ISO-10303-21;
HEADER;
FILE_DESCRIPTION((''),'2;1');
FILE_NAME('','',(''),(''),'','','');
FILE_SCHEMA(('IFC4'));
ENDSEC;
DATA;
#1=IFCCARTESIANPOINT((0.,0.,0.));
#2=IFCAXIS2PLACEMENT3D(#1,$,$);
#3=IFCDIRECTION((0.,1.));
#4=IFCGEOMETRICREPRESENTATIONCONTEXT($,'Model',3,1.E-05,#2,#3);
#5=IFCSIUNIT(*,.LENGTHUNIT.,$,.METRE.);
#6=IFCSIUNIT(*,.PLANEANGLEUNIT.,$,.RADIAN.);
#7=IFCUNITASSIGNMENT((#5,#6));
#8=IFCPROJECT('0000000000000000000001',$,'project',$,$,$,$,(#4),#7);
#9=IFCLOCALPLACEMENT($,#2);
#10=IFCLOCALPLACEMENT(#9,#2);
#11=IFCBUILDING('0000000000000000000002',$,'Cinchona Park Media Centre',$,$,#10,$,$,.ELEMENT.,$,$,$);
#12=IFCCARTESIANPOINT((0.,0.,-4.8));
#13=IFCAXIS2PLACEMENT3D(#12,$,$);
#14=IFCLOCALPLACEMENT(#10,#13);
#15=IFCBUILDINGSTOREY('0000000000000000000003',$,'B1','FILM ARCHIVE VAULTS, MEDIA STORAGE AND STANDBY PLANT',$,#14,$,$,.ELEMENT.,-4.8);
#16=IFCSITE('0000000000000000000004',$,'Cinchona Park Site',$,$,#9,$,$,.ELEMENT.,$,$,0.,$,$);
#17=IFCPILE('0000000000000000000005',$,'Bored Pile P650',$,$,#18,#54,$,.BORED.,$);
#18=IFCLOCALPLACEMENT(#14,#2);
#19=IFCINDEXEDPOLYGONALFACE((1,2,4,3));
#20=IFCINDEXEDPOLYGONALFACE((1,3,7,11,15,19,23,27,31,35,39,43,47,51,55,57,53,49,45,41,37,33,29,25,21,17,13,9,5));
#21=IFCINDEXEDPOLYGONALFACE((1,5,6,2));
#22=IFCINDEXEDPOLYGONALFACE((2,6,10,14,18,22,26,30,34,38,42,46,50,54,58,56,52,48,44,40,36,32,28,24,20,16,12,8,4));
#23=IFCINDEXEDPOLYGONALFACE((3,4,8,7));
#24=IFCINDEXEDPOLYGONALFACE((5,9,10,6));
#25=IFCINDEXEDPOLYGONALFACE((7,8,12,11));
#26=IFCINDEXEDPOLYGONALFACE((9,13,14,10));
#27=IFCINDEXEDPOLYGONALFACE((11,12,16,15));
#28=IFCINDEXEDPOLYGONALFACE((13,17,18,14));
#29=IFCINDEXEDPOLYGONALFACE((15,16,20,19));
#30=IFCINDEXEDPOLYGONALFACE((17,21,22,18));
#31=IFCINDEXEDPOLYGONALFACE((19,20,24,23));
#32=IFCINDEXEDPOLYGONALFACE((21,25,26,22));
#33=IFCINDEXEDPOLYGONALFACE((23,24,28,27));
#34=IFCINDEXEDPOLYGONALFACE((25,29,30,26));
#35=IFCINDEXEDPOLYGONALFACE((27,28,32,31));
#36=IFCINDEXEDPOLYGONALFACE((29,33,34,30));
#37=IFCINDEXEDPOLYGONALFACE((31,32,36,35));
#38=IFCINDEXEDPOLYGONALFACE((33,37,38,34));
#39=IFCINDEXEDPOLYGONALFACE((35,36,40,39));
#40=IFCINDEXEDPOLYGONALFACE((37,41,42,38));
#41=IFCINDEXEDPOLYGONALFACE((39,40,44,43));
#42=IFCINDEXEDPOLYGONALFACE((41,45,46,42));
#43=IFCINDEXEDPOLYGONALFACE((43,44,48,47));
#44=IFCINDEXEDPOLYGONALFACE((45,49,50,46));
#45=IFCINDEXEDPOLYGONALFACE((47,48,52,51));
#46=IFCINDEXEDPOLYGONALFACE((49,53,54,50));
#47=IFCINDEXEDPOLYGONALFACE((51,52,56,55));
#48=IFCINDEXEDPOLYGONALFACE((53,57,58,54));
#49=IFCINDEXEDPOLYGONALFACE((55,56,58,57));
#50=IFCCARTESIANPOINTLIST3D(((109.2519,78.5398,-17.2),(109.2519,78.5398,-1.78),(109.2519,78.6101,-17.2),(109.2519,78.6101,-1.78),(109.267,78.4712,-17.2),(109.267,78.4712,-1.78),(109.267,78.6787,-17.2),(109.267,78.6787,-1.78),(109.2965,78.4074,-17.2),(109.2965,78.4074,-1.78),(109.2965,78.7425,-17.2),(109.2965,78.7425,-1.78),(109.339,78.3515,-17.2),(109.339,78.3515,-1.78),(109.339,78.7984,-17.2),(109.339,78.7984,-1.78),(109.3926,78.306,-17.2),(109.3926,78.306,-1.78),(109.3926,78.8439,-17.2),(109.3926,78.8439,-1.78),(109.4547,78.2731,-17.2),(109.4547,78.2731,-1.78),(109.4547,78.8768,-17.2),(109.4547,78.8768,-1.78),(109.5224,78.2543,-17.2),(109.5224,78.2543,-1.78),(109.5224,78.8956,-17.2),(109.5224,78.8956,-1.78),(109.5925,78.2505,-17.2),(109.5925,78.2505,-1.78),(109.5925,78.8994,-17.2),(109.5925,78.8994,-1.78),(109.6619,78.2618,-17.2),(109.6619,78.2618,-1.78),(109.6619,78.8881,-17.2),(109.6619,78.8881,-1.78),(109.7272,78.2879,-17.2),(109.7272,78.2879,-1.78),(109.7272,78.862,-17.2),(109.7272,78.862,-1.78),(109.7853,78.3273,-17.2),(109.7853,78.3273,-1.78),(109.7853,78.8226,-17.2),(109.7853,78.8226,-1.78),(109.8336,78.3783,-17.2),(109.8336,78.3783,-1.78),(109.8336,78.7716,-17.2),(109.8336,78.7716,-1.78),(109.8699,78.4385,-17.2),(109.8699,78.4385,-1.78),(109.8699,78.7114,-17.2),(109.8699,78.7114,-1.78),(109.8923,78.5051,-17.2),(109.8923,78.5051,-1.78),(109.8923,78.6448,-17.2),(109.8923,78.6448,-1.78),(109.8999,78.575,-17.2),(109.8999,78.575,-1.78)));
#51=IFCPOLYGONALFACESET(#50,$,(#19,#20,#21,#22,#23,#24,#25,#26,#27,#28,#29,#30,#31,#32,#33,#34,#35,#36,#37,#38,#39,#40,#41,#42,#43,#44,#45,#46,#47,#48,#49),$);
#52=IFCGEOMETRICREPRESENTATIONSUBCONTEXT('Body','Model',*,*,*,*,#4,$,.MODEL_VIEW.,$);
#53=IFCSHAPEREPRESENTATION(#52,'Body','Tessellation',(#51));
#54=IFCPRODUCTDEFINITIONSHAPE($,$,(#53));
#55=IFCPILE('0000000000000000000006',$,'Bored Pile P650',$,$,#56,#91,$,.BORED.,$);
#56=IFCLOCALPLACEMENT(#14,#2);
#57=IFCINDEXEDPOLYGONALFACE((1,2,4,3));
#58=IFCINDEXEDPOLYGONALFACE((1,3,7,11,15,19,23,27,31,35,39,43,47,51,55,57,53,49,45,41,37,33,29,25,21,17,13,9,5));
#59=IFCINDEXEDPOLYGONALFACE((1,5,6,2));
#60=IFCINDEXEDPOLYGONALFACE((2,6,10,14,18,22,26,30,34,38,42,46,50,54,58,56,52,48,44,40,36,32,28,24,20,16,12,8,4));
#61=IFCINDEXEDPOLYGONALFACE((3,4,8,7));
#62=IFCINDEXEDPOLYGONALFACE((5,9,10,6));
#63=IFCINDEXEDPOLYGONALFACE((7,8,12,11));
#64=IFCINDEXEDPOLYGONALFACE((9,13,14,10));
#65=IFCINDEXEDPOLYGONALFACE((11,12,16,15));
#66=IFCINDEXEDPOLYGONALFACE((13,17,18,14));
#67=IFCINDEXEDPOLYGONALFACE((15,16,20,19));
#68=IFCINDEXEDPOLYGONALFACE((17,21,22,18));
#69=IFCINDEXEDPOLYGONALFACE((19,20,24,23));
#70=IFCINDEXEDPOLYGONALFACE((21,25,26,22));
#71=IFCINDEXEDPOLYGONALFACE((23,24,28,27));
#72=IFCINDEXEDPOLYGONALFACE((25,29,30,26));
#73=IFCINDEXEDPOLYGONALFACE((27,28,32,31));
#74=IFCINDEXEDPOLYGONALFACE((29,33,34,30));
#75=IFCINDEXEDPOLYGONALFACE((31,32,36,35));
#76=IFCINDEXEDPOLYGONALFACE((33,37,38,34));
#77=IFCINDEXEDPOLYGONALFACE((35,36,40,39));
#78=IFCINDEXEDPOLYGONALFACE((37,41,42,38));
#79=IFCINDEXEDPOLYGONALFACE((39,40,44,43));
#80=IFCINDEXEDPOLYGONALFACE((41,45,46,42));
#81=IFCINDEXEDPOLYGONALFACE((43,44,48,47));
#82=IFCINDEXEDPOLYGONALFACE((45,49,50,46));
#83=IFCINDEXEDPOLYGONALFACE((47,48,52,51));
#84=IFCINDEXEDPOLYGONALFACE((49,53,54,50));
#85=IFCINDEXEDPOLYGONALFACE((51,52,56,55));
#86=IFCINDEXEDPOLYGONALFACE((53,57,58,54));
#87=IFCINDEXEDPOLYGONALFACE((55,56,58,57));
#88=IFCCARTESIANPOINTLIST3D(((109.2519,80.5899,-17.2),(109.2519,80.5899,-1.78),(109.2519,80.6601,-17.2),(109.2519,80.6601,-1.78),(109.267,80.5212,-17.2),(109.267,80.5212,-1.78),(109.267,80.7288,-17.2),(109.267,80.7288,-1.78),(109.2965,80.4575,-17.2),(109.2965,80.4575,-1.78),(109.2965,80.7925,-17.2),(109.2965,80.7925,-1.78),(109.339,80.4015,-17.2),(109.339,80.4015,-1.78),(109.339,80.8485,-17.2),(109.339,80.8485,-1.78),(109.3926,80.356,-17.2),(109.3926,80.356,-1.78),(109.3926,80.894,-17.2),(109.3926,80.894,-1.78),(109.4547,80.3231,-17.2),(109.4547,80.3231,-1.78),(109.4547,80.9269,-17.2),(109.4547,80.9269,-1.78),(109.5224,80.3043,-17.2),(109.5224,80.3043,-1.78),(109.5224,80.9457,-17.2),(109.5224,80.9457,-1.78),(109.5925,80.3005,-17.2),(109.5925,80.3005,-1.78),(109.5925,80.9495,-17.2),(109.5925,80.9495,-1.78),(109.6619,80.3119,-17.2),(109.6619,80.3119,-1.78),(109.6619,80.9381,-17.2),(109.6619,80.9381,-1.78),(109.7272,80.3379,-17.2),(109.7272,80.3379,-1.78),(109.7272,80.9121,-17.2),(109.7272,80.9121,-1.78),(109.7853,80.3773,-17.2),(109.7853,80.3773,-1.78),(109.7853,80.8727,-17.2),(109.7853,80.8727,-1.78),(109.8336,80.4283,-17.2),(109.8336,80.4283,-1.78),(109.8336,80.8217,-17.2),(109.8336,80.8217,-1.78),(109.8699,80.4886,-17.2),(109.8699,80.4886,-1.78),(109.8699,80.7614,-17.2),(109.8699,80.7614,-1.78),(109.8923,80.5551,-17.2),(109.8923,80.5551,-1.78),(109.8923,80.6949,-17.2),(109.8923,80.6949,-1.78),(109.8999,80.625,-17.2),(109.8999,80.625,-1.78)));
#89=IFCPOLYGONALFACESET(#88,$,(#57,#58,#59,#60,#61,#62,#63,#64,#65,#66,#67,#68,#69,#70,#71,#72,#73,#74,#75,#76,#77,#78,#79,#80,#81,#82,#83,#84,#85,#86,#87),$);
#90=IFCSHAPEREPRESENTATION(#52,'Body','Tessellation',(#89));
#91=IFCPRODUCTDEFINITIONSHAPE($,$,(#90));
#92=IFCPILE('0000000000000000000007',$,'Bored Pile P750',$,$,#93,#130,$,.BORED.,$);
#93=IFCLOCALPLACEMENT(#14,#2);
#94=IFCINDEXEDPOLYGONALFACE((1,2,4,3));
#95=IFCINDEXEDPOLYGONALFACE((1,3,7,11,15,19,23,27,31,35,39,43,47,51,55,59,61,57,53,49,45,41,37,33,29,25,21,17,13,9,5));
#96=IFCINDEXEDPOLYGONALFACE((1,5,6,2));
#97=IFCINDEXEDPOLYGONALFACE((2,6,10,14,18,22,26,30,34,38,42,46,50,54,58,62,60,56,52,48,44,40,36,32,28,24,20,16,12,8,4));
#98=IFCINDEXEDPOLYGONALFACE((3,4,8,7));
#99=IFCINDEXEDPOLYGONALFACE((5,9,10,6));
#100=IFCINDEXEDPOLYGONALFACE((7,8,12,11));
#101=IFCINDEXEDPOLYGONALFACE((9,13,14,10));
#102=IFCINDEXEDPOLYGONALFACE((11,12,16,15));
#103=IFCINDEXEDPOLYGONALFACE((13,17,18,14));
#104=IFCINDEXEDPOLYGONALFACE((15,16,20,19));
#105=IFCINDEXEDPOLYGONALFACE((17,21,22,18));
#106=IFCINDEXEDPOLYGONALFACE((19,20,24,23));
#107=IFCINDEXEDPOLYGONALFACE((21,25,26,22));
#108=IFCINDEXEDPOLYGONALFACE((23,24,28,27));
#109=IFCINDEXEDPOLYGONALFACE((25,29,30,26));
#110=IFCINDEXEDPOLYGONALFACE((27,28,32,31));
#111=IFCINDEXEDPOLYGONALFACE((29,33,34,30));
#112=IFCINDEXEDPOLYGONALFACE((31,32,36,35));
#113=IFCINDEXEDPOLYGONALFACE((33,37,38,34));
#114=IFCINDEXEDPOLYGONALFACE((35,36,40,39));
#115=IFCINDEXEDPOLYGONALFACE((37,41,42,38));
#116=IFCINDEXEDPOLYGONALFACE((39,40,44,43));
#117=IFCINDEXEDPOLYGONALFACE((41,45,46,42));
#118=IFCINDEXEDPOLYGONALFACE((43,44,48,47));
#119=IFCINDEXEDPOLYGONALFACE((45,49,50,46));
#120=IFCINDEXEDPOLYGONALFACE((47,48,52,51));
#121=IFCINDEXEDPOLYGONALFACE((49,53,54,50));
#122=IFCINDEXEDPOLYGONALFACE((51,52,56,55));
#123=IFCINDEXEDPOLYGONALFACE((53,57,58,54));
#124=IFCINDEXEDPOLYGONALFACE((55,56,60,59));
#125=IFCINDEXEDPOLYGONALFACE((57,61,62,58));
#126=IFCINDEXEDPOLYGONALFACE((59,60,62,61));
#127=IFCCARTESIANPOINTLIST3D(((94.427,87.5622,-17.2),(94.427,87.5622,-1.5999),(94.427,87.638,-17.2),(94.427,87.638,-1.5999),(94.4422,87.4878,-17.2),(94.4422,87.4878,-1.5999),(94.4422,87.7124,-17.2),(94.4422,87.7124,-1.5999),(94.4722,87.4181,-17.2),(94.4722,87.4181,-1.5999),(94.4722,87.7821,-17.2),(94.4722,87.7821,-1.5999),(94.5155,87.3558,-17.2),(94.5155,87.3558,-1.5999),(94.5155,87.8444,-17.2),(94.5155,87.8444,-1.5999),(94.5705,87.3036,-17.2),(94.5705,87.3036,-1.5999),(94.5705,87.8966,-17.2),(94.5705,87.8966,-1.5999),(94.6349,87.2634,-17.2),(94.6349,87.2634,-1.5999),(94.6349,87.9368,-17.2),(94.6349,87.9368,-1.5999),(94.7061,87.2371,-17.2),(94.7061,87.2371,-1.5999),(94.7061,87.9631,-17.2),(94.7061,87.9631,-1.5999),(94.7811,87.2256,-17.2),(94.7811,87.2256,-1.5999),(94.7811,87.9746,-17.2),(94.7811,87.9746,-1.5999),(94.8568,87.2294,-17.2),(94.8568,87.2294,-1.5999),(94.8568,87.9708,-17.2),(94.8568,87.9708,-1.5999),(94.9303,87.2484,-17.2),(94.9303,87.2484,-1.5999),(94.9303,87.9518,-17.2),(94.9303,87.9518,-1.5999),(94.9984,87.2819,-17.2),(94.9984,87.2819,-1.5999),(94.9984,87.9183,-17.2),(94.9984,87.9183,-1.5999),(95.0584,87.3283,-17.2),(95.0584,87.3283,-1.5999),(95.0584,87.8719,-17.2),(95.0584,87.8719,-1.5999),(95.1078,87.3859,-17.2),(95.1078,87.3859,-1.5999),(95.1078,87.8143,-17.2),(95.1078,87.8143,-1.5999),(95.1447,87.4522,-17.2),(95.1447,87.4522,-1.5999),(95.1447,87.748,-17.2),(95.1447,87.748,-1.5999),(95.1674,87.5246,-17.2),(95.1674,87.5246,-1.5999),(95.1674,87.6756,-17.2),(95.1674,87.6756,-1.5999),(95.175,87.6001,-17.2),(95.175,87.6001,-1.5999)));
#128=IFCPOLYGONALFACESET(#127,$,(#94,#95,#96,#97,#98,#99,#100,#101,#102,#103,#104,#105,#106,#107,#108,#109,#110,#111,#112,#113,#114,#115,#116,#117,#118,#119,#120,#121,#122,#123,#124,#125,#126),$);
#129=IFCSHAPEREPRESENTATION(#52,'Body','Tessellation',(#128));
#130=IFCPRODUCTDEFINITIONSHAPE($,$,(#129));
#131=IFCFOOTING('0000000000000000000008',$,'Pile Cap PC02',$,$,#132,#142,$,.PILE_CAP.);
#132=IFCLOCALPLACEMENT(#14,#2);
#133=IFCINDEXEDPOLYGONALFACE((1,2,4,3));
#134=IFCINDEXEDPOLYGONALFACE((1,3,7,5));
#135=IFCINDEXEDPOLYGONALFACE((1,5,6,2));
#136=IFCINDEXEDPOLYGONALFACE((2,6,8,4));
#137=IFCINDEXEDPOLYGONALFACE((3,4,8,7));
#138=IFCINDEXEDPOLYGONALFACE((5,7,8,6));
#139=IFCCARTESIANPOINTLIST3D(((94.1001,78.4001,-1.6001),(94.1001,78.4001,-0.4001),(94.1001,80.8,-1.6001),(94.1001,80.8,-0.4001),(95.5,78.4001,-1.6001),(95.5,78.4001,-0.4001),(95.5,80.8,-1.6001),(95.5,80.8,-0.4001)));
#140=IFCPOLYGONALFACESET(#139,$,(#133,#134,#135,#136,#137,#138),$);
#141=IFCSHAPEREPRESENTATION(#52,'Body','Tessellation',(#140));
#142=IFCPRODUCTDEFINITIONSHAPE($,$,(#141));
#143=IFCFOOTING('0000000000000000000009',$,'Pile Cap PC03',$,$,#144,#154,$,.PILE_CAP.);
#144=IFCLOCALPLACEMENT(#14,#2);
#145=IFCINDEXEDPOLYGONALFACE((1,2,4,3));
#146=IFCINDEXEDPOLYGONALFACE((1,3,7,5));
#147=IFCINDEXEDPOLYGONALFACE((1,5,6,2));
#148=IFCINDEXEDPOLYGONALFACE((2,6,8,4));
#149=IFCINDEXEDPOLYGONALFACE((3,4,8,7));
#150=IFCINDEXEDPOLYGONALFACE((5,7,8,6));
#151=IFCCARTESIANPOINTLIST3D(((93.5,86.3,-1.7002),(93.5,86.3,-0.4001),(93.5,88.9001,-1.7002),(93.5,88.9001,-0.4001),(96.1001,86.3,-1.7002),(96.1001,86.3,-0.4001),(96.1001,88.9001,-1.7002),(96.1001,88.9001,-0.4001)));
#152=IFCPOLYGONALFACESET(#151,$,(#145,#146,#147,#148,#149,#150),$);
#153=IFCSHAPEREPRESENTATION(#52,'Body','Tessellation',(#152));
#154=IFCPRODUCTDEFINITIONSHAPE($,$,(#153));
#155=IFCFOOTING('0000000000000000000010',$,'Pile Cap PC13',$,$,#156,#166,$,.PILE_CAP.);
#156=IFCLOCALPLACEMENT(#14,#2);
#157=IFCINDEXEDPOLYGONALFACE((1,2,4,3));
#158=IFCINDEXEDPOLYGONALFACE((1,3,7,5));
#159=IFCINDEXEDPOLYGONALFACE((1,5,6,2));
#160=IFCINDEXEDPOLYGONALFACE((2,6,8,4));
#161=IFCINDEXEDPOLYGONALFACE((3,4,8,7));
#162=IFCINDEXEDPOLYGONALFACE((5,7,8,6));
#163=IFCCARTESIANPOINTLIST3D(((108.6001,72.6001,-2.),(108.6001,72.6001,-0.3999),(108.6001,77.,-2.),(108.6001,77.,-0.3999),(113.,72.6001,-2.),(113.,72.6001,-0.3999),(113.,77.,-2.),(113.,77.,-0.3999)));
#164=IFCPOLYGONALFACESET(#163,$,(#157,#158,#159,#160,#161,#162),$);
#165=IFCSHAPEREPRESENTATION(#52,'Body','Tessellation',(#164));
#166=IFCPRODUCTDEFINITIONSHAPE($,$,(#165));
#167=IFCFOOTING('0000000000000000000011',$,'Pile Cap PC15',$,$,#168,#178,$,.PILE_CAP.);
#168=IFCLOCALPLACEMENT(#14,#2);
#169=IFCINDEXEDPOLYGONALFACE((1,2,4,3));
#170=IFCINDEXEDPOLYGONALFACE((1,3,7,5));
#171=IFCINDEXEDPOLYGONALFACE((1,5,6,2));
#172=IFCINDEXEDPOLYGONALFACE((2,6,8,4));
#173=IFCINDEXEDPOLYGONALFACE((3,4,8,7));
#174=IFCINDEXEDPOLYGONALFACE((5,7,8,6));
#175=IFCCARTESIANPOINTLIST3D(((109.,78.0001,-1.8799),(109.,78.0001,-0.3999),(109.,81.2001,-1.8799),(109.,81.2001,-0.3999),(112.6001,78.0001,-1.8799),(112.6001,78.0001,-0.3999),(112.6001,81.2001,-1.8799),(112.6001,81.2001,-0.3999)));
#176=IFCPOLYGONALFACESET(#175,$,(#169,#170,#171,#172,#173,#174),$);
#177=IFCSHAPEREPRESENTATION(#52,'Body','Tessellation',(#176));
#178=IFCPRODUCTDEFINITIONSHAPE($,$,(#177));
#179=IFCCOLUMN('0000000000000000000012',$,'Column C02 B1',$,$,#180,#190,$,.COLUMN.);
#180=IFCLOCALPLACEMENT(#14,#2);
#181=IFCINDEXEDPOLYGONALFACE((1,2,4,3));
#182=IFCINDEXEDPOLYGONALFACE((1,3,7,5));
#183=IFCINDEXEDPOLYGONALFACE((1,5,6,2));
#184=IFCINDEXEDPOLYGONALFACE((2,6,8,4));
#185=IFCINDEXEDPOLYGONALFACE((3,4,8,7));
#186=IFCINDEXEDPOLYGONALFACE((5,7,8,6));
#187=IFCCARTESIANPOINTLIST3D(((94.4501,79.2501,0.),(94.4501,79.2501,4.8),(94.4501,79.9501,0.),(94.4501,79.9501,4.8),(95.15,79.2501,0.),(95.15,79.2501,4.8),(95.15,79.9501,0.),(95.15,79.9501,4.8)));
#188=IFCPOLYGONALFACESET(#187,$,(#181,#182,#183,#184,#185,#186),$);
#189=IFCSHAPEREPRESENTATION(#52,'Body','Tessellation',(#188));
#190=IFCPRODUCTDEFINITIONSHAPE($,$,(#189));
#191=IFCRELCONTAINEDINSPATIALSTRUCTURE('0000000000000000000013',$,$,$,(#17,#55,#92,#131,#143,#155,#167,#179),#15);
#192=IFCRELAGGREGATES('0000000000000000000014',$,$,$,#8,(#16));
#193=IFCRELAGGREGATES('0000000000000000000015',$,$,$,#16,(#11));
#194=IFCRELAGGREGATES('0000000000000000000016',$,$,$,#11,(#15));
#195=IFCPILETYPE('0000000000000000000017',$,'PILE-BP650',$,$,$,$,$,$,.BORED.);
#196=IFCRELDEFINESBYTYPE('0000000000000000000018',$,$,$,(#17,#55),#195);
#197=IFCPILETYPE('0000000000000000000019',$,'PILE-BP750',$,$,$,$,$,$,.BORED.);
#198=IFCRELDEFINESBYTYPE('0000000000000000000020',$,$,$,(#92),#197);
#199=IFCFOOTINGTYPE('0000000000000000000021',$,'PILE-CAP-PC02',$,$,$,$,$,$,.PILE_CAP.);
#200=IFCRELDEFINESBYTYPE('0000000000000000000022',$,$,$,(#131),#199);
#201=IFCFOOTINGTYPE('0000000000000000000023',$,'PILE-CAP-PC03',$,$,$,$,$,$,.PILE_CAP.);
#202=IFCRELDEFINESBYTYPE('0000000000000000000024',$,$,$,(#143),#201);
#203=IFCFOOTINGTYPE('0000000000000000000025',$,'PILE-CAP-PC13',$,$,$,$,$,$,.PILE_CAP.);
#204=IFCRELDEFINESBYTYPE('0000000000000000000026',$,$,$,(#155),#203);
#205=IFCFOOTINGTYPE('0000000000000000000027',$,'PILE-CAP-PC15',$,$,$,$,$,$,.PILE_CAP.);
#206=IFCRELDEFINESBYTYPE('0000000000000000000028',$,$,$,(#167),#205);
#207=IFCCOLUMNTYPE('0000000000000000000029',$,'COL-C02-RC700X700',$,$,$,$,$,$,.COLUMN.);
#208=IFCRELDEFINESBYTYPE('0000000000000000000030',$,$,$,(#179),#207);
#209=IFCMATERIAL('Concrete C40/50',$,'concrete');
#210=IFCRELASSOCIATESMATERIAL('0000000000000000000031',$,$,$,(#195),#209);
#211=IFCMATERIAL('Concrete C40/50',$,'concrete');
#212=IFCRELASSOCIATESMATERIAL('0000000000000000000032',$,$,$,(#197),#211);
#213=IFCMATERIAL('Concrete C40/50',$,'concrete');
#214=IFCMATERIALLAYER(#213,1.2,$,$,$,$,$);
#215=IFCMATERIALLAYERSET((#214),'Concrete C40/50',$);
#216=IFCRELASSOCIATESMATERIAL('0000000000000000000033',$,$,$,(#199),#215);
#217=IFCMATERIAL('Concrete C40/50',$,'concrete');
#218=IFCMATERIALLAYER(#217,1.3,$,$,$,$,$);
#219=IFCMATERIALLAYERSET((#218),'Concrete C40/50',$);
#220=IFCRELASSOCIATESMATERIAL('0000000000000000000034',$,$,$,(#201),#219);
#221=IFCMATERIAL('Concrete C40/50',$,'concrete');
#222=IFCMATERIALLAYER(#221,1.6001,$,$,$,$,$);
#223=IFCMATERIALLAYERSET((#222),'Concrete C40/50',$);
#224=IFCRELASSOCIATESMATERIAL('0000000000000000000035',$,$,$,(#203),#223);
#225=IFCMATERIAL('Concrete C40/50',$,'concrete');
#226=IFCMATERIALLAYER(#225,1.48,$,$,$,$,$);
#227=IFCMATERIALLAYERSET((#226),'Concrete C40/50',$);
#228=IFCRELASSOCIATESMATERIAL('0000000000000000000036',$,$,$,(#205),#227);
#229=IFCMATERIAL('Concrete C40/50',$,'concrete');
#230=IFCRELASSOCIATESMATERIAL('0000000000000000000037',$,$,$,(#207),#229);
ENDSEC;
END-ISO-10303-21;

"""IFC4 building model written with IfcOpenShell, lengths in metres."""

from ifc_helpers import new_model, si_unit, direction, frame, origin, origin_2d, place, context, subcontext, project, spatial, rectangle, circle, extrude, material, layer, layer_set, material_profile, profile_set, type_object, element, save


model = new_model("IFC4")

# Units and contexts
model_context = context("Model", 3, precision=1e-05, world=origin(), true_north=direction((0.0, 1.0)))
body_context = subcontext(model_context, "Body", "Model", "MODEL_VIEW")
ifc_project = project(units=[si_unit("LENGTHUNIT", "METRE"), si_unit("PLANEANGLEUNIT", "RADIAN")], contexts=[model_context])

# Site, building, storey
site_placement = place(None, origin())
site = spatial("IfcSite", under=ifc_project, at=site_placement, Name="Cinchona Park Site", CompositionType="ELEMENT", RefElevation=0.0)
building_placement = place(site_placement, origin())
building = spatial("IfcBuilding", under=site, at=building_placement, Name="Cinchona Park Media Centre", CompositionType="ELEMENT")
storey_placement = place(building_placement, frame((0.0, 0.0, -4.8)))
storey = spatial("IfcBuildingStorey", under=building, at=storey_placement, Name="B1", Description="FILM ARCHIVE VAULTS, MEDIA STORAGE AND STANDBY PLANT", CompositionType="ELEMENT", Elevation=-4.8)

# Piles
ifc_material_1 = material(Name="Concrete C40/50", Category="concrete")
ifc_material_profile_1 = material_profile(ifc_material_1, circle(Radius=0.325, at=origin_2d()), Name="BORED PILE 650")
ifc_profile_set_1 = profile_set([ifc_material_profile_1], Name="Concrete C40/50")
pile_type_1 = type_object("IfcPileType", Name="PILE-BP650", PredefinedType="BORED", material=ifc_profile_set_1)
for number, where, z_axis, x_axis, name in (
    (1, (109.575, 78.575, -1.78), (0.0, 0.0, -1.0), (1.0, 0.0, 0.0), "Bored Pile P650"),
    (2, (109.575, 80.625, -1.78), (0.0, 0.0, -1.0), (1.0, 0.0, 0.0), "Bored Pile P650"),
):
    element("IfcPile", number, at=place(storey_placement, frame(where, z_axis=z_axis, x_axis=x_axis)), inside=storey, type_object=pile_type_1, Name=name, PredefinedType="BORED", context=body_context, shape_type="SweptSolid", body=[
        extrude(circle(Radius=0.325, at=origin_2d()), origin(), (0.0, 0.0, 1.0), 15.4199),
    ])
ifc_material_2 = material(Name="Concrete C40/50", Category="concrete")
ifc_material_profile_2 = material_profile(ifc_material_2, circle(Radius=0.375, at=origin_2d()), Name="BORED PILE 750")
ifc_profile_set_2 = profile_set([ifc_material_profile_2], Name="Concrete C40/50")
pile_type_2 = type_object("IfcPileType", Name="PILE-BP750", PredefinedType="BORED", material=ifc_profile_set_2)
pile_placement = place(storey_placement, frame((94.8, 87.6001, -1.5999), z_axis=(0.0, 0.0, -1.0), x_axis=(1.0, 0.0, 0.0)))
element("IfcPile", 3, at=pile_placement, inside=storey, type_object=pile_type_2, Name="Bored Pile P750", PredefinedType="BORED", context=body_context, shape_type="SweptSolid", body=[
    extrude(circle(Radius=0.375, at=origin_2d()), origin(), (0.0, 0.0, 1.0), 15.6001),
])

# Footings
ifc_material_3 = material(Name="Concrete C40/50", Category="concrete")
ifc_layer_1 = layer(ifc_material_3, 1.2)
ifc_layer_set_1 = layer_set([ifc_layer_1], Name="Concrete C40/50")
footing_type_1 = type_object("IfcFootingType", Name="PILE-CAP-PC02", PredefinedType="PILE_CAP", material=ifc_layer_set_1)
footing_1_placement = place(storey_placement, frame((94.8, 79.6001, -1.6001), z_axis=(0.0, 0.0, 1.0), x_axis=(1.0, 0.0, 0.0)))
element("IfcFooting", 4, at=footing_1_placement, inside=storey, type_object=footing_type_1, Name="Pile Cap PC02", PredefinedType="PILE_CAP", context=body_context, shape_type="SweptSolid", body=[
    extrude(rectangle(XDim=1.3999, YDim=2.3999, at=origin_2d()), origin(), (0.0, 0.0, 1.0), 1.2),
])
ifc_material_4 = material(Name="Concrete C40/50", Category="concrete")
ifc_layer_2 = layer(ifc_material_4, 1.3)
ifc_layer_set_2 = layer_set([ifc_layer_2], Name="Concrete C40/50")
footing_type_2 = type_object("IfcFootingType", Name="PILE-CAP-PC03", PredefinedType="PILE_CAP", material=ifc_layer_set_2)
footing_2_placement = place(storey_placement, frame((94.8, 87.6001, -1.7002), z_axis=(0.0, 0.0, 1.0), x_axis=(1.0, 0.0, 0.0)))
element("IfcFooting", 5, at=footing_2_placement, inside=storey, type_object=footing_type_2, Name="Pile Cap PC03", PredefinedType="PILE_CAP", context=body_context, shape_type="SweptSolid", body=[
    extrude(rectangle(XDim=2.6001, YDim=2.6001, at=origin_2d()), origin(), (0.0, 0.0, 1.0), 1.3),
])
ifc_material_5 = material(Name="Concrete C40/50", Category="concrete")
ifc_layer_3 = layer(ifc_material_5, 1.6001)
ifc_layer_set_3 = layer_set([ifc_layer_3], Name="Concrete C40/50")
footing_type_3 = type_object("IfcFootingType", Name="PILE-CAP-PC13", PredefinedType="PILE_CAP", material=ifc_layer_set_3)
footing_3_placement = place(storey_placement, frame((110.8, 74.8, -2.0), z_axis=(0.0, 0.0, 1.0), x_axis=(1.0, 0.0, 0.0)))
element("IfcFooting", 6, at=footing_3_placement, inside=storey, type_object=footing_type_3, Name="Pile Cap PC13", PredefinedType="PILE_CAP", context=body_context, shape_type="SweptSolid", body=[
    extrude(rectangle(XDim=4.3999, YDim=4.3999, at=origin_2d()), origin(), (0.0, 0.0, 1.0), 1.6001),
])
ifc_material_6 = material(Name="Concrete C40/50", Category="concrete")
ifc_layer_4 = layer(ifc_material_6, 1.48)
ifc_layer_set_4 = layer_set([ifc_layer_4], Name="Concrete C40/50")
footing_type_4 = type_object("IfcFootingType", Name="PILE-CAP-PC15", PredefinedType="PILE_CAP", material=ifc_layer_set_4)
footing_4_placement = place(storey_placement, frame((110.8, 79.6001, -1.8799), z_axis=(0.0, 0.0, 1.0), x_axis=(1.0, 0.0, 0.0)))
element("IfcFooting", 7, at=footing_4_placement, inside=storey, type_object=footing_type_4, Name="Pile Cap PC15", PredefinedType="PILE_CAP", context=body_context, shape_type="SweptSolid", body=[
    extrude(rectangle(XDim=3.6001, YDim=3.2, at=origin_2d()), origin(), (0.0, 0.0, 1.0), 1.48),
])

# Column
ifc_material_7 = material(Name="Concrete C40/50", Category="concrete")
ifc_material_profile_3 = material_profile(ifc_material_7, rectangle(XDim=0.7, YDim=0.7, at=origin_2d()), Name="RC 700X700")
ifc_profile_set_3 = profile_set([ifc_material_profile_3], Name="Concrete C40/50")
column_type = type_object("IfcColumnType", Name="COL-C02-RC700X700", PredefinedType="COLUMN", material=ifc_profile_set_3)
for number, where, z_axis, x_axis, name in (
    (8, (94.8, 79.6001, 0.0), (0.0, 0.0, 1.0), (1.0, 0.0, 0.0), "Column C02 B1"),
):
    element("IfcColumn", number, at=place(storey_placement, frame(where, z_axis=z_axis, x_axis=x_axis)), inside=storey, type_object=column_type, Name=name, PredefinedType="COLUMN", context=body_context, shape_type="SweptSolid", body=[
        extrude(rectangle(XDim=0.7, YDim=0.7, at=origin_2d()), origin(), (0.0, 0.0, 1.0), 4.8),
    ])

save(model, "model.ifc")
